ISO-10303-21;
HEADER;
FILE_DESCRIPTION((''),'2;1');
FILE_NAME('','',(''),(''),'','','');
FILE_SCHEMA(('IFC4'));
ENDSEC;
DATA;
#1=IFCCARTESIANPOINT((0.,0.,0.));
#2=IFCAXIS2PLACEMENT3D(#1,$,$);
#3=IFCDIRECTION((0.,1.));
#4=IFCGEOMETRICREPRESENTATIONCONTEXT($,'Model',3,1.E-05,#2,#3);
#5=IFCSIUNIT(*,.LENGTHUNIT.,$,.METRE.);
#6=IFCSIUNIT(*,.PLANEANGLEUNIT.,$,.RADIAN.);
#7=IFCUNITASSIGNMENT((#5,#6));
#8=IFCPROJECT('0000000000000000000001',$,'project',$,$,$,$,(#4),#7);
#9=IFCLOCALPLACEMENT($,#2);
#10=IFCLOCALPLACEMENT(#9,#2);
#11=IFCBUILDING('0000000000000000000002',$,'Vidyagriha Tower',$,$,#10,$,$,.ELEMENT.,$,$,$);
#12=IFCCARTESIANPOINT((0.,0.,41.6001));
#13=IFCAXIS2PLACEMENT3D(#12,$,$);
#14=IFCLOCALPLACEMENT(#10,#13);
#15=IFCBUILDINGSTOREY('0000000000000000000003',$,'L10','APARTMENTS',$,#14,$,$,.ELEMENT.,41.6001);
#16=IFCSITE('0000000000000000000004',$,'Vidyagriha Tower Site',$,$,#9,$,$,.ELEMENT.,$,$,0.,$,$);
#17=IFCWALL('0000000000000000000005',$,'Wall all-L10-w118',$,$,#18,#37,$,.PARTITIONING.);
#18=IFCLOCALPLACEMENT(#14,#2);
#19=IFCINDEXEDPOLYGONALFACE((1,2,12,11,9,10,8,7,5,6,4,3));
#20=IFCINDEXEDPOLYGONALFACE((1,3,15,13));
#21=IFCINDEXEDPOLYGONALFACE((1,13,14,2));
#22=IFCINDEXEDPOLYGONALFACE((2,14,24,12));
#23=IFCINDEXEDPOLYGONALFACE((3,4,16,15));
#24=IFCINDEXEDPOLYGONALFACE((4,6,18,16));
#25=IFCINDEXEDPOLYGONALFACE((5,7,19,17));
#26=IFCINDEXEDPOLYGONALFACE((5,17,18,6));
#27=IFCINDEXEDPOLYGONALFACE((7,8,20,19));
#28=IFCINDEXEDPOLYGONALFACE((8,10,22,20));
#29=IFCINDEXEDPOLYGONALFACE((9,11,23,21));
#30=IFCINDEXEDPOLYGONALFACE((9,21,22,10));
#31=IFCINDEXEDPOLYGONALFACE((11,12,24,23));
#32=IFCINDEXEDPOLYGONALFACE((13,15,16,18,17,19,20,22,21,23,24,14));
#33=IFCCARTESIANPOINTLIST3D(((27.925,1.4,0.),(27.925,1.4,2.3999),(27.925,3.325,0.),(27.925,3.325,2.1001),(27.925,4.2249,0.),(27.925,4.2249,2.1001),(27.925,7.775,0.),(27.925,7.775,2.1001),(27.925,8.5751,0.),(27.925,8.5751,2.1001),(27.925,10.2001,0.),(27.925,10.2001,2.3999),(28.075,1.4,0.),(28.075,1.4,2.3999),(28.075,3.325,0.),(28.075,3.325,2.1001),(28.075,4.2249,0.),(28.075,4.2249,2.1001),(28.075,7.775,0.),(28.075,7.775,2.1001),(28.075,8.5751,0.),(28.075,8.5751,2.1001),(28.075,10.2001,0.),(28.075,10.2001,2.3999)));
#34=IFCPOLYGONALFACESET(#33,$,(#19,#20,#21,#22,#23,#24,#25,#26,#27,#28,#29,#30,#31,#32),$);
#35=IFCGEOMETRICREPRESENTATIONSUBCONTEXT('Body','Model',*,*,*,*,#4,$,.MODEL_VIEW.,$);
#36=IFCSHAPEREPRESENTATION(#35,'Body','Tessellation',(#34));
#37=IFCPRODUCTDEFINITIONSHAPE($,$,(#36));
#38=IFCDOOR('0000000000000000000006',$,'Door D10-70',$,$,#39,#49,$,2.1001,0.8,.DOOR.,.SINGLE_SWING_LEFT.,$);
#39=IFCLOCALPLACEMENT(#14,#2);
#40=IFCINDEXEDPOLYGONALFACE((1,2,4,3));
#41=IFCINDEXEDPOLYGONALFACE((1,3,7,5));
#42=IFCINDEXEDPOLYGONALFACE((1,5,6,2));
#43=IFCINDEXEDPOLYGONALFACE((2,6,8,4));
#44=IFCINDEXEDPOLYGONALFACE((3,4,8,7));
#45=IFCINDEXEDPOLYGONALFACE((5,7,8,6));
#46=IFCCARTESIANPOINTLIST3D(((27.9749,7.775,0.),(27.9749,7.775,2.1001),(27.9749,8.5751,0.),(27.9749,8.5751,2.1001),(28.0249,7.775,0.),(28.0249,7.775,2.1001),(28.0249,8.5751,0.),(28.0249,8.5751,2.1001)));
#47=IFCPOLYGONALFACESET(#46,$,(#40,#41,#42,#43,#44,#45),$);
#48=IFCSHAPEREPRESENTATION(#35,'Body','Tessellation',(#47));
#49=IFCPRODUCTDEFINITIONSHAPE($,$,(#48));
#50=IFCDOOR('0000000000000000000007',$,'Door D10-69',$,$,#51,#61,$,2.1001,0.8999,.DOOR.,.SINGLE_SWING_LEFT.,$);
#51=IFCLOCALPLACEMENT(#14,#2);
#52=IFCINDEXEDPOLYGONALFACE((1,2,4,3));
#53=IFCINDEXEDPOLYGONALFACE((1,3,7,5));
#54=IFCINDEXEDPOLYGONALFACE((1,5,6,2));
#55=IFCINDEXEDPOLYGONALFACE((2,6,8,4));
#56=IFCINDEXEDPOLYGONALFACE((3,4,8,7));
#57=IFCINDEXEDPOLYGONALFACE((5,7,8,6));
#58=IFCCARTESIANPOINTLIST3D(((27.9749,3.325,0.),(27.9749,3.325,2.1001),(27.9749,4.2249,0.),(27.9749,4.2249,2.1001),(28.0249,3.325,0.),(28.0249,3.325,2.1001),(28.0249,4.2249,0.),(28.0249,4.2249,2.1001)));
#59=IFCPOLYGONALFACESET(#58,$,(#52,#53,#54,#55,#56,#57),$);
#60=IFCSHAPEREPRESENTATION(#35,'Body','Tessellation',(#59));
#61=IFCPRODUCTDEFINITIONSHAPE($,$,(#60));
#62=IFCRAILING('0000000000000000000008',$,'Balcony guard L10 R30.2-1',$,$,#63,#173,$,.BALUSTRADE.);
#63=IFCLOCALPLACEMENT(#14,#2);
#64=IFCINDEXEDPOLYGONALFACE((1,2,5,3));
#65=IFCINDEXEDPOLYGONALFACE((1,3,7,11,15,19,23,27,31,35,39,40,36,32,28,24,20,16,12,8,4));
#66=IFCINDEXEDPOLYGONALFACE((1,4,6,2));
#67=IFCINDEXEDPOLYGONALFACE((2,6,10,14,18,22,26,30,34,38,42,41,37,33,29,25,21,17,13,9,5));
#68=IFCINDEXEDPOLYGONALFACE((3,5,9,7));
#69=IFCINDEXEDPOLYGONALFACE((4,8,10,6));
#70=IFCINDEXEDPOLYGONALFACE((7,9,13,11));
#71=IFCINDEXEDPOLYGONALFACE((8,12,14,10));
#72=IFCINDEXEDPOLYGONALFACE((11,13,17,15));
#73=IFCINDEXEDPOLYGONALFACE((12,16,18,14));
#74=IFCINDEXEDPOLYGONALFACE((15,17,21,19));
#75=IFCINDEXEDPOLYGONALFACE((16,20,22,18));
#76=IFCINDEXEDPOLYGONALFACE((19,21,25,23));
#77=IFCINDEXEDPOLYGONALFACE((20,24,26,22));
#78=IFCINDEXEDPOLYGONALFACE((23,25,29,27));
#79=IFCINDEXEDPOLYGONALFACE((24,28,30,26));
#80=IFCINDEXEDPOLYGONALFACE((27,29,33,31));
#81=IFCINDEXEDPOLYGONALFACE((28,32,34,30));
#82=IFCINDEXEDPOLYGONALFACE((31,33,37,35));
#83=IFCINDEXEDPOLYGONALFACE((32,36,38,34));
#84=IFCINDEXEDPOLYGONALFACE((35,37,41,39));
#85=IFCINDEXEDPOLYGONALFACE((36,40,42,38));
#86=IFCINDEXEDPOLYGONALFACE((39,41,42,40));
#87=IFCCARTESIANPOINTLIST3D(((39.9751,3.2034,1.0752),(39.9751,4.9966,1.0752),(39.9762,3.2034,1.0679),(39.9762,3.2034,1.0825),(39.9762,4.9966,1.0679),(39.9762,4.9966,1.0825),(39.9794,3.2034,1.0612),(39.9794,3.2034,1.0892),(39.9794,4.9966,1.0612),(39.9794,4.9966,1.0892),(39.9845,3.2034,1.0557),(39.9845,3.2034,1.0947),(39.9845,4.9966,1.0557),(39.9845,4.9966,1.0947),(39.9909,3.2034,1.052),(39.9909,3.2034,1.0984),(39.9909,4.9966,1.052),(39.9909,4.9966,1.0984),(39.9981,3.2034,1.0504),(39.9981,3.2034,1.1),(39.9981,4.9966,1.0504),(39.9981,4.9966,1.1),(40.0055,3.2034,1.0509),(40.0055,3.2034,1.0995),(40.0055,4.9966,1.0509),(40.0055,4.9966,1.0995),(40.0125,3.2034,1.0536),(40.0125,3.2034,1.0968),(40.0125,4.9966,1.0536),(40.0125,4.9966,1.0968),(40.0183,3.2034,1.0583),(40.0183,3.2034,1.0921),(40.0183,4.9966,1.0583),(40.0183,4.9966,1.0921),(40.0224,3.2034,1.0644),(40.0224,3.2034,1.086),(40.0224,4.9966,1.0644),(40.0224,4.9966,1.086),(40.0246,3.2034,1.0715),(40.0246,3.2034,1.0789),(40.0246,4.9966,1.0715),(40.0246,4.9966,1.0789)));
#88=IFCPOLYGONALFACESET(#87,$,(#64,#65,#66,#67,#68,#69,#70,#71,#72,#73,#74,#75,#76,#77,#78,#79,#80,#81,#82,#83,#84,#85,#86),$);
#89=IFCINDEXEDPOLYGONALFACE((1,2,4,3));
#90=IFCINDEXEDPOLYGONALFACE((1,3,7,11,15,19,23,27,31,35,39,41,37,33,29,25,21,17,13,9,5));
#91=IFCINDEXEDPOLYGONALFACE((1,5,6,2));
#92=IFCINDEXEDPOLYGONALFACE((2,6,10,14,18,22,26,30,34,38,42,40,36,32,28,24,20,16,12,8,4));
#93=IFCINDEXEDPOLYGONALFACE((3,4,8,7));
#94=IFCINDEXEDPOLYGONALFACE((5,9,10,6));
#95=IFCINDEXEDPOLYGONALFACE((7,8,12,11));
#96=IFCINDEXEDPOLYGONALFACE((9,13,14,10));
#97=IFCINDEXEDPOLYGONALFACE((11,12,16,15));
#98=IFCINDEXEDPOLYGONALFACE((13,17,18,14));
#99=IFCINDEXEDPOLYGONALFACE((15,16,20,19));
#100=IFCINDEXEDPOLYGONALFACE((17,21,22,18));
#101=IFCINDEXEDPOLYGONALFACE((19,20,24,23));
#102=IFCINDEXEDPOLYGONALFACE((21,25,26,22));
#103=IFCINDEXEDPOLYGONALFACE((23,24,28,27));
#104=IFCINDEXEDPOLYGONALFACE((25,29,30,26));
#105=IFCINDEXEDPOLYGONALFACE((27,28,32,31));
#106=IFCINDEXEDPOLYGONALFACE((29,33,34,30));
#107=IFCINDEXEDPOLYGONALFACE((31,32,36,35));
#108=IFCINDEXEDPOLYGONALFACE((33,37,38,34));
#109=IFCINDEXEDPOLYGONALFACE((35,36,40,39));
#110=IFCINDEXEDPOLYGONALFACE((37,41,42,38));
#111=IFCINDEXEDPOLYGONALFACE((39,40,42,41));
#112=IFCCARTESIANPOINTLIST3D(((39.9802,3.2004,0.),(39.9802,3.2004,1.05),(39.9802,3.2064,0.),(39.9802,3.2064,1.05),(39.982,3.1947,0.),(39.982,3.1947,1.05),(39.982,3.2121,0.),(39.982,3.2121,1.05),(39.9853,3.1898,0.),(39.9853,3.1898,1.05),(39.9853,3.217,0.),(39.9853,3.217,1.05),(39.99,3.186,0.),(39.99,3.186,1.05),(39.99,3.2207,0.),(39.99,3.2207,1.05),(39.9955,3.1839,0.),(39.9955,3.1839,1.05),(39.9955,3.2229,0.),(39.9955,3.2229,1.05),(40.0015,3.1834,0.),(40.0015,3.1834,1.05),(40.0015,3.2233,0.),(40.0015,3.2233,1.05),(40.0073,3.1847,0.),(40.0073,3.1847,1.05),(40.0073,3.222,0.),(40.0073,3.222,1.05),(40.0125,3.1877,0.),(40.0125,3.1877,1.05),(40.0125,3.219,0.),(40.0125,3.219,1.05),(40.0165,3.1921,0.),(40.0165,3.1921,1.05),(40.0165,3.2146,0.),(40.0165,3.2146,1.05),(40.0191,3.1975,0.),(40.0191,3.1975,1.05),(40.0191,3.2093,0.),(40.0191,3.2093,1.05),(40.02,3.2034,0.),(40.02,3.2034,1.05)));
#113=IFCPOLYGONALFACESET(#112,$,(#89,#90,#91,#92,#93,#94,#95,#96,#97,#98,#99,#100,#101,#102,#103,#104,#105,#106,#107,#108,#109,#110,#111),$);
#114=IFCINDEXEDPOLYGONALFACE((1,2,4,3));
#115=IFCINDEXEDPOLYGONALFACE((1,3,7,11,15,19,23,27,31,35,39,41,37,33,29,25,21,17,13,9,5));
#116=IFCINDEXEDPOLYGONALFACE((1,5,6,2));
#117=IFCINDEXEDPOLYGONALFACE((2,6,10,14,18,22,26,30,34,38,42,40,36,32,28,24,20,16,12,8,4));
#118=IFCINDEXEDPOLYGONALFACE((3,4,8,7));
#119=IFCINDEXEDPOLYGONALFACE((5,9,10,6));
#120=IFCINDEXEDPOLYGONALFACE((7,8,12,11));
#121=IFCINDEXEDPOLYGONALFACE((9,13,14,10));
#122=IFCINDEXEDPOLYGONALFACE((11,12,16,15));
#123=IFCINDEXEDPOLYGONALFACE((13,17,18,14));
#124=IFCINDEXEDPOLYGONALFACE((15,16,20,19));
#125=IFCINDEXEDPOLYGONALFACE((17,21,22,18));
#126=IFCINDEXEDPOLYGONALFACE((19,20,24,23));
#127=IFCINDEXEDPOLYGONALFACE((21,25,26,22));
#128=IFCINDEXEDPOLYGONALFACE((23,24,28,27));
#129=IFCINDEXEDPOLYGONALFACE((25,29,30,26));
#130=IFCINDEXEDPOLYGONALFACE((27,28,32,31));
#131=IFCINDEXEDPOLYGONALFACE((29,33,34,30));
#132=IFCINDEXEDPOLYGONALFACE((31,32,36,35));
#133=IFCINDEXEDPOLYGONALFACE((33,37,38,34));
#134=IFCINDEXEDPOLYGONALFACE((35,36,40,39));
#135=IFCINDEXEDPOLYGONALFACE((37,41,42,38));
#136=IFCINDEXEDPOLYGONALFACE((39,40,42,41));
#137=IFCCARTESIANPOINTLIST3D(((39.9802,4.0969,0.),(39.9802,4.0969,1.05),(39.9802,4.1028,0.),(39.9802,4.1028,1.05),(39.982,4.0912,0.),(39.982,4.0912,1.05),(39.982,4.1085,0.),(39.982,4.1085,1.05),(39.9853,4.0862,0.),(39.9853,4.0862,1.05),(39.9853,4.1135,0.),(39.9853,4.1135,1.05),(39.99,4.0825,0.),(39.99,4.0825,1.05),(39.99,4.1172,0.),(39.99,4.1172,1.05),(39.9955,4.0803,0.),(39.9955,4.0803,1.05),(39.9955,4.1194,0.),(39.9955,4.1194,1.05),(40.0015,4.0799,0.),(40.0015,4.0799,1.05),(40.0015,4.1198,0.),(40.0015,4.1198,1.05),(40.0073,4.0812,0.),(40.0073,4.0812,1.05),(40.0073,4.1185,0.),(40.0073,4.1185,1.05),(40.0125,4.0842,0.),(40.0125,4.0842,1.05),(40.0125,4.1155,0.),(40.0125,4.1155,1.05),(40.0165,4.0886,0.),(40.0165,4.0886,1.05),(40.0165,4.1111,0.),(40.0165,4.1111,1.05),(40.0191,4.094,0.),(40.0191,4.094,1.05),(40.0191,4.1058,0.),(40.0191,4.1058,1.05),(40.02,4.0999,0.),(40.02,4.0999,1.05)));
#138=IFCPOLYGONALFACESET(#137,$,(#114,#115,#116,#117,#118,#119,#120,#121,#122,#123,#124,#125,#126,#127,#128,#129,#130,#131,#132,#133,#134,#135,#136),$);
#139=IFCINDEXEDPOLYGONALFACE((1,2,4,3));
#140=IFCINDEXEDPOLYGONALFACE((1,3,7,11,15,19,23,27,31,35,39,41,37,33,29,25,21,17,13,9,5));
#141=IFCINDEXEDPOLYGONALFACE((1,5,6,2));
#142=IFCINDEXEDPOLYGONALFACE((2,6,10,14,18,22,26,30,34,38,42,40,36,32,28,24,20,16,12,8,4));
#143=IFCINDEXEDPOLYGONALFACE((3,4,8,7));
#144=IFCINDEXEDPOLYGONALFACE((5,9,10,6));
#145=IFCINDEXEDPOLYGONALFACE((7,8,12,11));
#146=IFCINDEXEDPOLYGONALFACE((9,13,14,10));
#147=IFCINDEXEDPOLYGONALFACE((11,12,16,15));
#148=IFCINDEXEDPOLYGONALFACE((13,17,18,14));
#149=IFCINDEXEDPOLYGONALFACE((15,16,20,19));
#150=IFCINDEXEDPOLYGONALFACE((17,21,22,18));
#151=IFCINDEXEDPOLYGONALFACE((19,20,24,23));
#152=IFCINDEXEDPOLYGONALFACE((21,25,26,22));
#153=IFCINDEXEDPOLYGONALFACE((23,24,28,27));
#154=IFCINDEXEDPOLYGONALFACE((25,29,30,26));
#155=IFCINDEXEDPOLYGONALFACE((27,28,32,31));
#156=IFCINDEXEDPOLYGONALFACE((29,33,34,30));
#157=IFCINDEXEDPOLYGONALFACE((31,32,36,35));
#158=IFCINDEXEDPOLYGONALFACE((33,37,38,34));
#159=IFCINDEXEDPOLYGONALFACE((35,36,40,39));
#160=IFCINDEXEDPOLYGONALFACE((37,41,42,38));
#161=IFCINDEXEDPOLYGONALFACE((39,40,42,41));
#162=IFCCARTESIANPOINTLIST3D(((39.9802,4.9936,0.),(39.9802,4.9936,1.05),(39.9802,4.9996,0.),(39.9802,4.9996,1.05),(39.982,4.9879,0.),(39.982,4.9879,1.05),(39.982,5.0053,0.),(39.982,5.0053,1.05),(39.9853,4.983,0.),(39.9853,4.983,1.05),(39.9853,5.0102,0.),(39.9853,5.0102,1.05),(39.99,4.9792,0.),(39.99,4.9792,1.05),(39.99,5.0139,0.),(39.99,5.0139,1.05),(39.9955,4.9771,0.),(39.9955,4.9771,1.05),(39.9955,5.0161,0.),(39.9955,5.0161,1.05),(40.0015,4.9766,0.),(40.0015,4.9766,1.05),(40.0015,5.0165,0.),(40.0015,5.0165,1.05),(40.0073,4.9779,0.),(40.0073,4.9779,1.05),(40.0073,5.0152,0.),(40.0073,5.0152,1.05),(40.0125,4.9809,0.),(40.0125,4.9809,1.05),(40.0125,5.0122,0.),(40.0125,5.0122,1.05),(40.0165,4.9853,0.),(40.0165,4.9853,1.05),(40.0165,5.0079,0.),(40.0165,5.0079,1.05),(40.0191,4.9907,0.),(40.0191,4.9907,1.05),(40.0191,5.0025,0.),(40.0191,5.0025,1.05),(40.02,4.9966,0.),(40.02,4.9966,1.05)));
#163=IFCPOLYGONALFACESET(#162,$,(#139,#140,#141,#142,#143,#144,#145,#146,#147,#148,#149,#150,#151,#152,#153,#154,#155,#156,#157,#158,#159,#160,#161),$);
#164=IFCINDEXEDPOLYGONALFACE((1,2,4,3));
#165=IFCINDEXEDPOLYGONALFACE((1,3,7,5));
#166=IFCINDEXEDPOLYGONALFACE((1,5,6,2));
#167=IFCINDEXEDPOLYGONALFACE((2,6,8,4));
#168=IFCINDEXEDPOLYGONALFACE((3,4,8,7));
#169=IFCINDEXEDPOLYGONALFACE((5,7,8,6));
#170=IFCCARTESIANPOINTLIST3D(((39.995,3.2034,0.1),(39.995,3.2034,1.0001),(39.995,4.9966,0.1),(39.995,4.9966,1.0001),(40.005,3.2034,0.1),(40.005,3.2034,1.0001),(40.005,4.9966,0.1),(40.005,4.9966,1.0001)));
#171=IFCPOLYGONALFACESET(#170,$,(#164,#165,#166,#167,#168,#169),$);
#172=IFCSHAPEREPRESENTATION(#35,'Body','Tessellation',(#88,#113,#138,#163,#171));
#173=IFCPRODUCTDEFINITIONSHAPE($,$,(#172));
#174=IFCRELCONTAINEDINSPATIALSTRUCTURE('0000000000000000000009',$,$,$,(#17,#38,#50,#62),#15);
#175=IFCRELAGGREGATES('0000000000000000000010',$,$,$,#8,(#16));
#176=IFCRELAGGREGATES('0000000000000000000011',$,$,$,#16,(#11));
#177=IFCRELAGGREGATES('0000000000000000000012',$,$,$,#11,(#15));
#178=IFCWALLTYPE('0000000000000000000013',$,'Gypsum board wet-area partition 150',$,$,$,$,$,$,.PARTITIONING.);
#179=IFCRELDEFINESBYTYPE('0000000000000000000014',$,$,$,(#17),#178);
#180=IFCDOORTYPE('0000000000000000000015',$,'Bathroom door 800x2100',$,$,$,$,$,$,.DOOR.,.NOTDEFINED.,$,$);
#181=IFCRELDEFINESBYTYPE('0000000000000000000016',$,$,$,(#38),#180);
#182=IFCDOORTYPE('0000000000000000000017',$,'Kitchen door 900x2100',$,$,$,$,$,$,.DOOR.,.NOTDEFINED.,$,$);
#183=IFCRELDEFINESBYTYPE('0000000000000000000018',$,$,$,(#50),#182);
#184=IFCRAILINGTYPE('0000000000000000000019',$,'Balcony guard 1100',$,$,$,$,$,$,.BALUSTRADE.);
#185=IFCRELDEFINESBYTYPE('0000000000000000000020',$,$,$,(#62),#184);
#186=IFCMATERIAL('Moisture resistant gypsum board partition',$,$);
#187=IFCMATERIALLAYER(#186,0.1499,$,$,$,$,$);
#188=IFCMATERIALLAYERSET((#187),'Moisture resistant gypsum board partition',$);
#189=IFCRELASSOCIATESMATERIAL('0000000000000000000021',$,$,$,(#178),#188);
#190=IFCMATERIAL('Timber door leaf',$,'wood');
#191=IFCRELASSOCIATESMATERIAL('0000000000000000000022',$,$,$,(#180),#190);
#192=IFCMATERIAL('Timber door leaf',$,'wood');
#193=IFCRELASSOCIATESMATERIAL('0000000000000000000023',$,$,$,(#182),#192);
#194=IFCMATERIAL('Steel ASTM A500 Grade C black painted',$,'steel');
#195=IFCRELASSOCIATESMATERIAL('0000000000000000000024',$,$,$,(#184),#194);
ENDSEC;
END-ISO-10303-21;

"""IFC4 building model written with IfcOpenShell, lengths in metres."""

from ifc_helpers import new_model, si_unit, direction, frame, frame_2d, origin, origin_2d, place, context, subcontext, project, spatial, rectangle, circle, extrude, material, layer, layer_set, type_object, element, fill, save


model = new_model("IFC4")

# Units and contexts
model_context = context("Model", 3, precision=1e-05, world=origin(), true_north=direction((0.0, 1.0)))
body_context = subcontext(model_context, "Body", "Model", "MODEL_VIEW")
ifc_project = project(units=[si_unit("LENGTHUNIT", "METRE"), si_unit("PLANEANGLEUNIT", "RADIAN")], contexts=[model_context])

# Site, building, storey
site_placement = place(None, origin())
site = spatial("IfcSite", under=ifc_project, at=site_placement, Name="Vidyagriha Tower Site", CompositionType="ELEMENT", RefElevation=0.0)
building_placement = place(site_placement, origin())
building = spatial("IfcBuilding", under=site, at=building_placement, Name="Vidyagriha Tower", CompositionType="ELEMENT")
storey_placement = place(building_placement, frame((0.0, 0.0, 41.6001)))
storey = spatial("IfcBuildingStorey", under=building, at=storey_placement, Name="L10", Description="APARTMENTS", CompositionType="ELEMENT", Elevation=41.6001)

# Wall, openings, doors
ifc_material_1 = material(Name="Moisture resistant gypsum board partition")
ifc_layer_1 = layer(ifc_material_1, 0.1499)
ifc_layer_set_1 = layer_set([ifc_layer_1], Name="Moisture resistant gypsum board partition")
wall_type_1 = type_object("IfcWallType", Name="Gypsum board wet-area partition 150", PredefinedType="PARTITIONING", material=ifc_layer_set_1)
wall_1_placement = place(storey_placement, frame((28.0, 10.2, 0.0), z_axis=(0.0, 0.0, 1.0), x_axis=(0.0, -1.0, 0.0)))
wall_1 = element("IfcWall", 1, at=wall_1_placement, inside=storey, type_object=wall_type_1, Name="Wall all-L10-w118", PredefinedType="PARTITIONING", context=body_context, shape_type="SweptSolid", body=[
    extrude(rectangle(XDim=8.8, YDim=0.1499, at=frame_2d((4.3999, 0.0))), origin(), (0.0, 0.0, 1.0), 2.3999),
])
opening_1_placement = place(wall_1_placement, frame((5.9751, 0.0, 0.0)))
opening_1 = element("IfcOpeningElement", 2, at=opening_1_placement, cuts=wall_1, PredefinedType="OPENING", context=body_context, shape_type="SweptSolid", body=[
    extrude(rectangle(XDim=0.8999, YDim=2.1001, at=frame_2d((0.45, 1.05))), frame((0.0, 0.085, 0.0), z_axis=(0.0, -1.0, 0.0), x_axis=(1.0, 0.0, 0.0)), (0.0, 0.0, 1.0), 0.1699),
])
opening_2_placement = place(wall_1_placement, frame((1.625, 0.0, 0.0)))
opening_2 = element("IfcOpeningElement", 3, at=opening_2_placement, cuts=wall_1, PredefinedType="OPENING", context=body_context, shape_type="SweptSolid", body=[
    extrude(rectangle(XDim=0.8, YDim=2.1001, at=frame_2d((0.3999, 1.05))), frame((0.0, 0.085, 0.0), z_axis=(0.0, -1.0, 0.0), x_axis=(1.0, 0.0, 0.0)), (0.0, 0.0, 1.0), 0.1699),
])
ifc_material_2 = material(Name="Timber door leaf", Category="wood")
door_type_1 = type_object("IfcDoorType", Name="Bathroom door 800x2100", OperationType="NOTDEFINED", PredefinedType="DOOR", material=ifc_material_2)
door_1_placement = place(opening_2_placement, origin())
door_1 = element("IfcDoor", 4, at=door_1_placement, inside=storey, type_object=door_type_1, Name="Door D10-70", OperationType="SINGLE_SWING_LEFT", OverallHeight=2.1001, OverallWidth=0.8, PredefinedType="DOOR", context=body_context, shape_type="SweptSolid", body=[
    extrude(rectangle(XDim=0.8, YDim=2.1001, at=frame_2d((0.3999, 1.05))), frame((0.0, 0.0249, 0.0), z_axis=(0.0, -1.0, 0.0), x_axis=(1.0, 0.0, 0.0)), (0.0, 0.0, 1.0), 0.05),
])
fill(opening_2, door_1)
ifc_material_3 = material(Name="Timber door leaf", Category="wood")
door_type_2 = type_object("IfcDoorType", Name="Kitchen door 900x2100", OperationType="NOTDEFINED", PredefinedType="DOOR", material=ifc_material_3)
door_2_placement = place(opening_1_placement, origin())
door_2 = element("IfcDoor", 5, at=door_2_placement, inside=storey, type_object=door_type_2, Name="Door D10-69", OperationType="SINGLE_SWING_LEFT", OverallHeight=2.1001, OverallWidth=0.8999, PredefinedType="DOOR", context=body_context, shape_type="SweptSolid", body=[
    extrude(rectangle(XDim=0.8999, YDim=2.1001, at=frame_2d((0.45, 1.05))), frame((0.0, 0.0249, 0.0), z_axis=(0.0, -1.0, 0.0), x_axis=(1.0, 0.0, 0.0)), (0.0, 0.0, 1.0), 0.05),
])
fill(opening_1, door_2)

# Railing
ifc_material_4 = material(Name="Steel ASTM A500 Grade C black painted", Category="steel")
railing_type_1 = type_object("IfcRailingType", Name="Balcony guard 1100", PredefinedType="BALUSTRADE", material=ifc_material_4)
railing_1_placement = place(storey_placement, frame((40.0, 3.2034, 0.0)))
element("IfcRailing", 6, at=railing_1_placement, inside=storey, type_object=railing_type_1, Name="Balcony guard L10 R30.2-1", PredefinedType="BALUSTRADE", context=body_context, shape_type="SweptSolid", body=[
    extrude(circle(Radius=0.0249, at=origin_2d()), frame((0.0, 0.0, 1.0752), z_axis=(0.0, 1.0, 0.0), x_axis=(-1.0, 0.0, 0.0)), (0.0, 0.0, 1.0), 1.7932),
    extrude(circle(Radius=0.02, at=origin_2d()), origin(), (0.0, 0.0, 1.0), 1.05),
    extrude(circle(Radius=0.02, at=origin_2d()), frame((0.0, 0.8965, 0.0)), (0.0, 0.0, 1.0), 1.05),
    extrude(circle(Radius=0.02, at=origin_2d()), frame((0.0, 1.7932, 0.0)), (0.0, 0.0, 1.0), 1.05),
    extrude(rectangle(XDim=0.01, YDim=0.9001, at=origin_2d()), frame((0.0, 0.0, 0.55), z_axis=(0.0, 1.0, 0.0), x_axis=(-1.0, 0.0, 0.0)), (0.0, 0.0, 1.0), 1.7932),
])

save(model, "model.ifc")
